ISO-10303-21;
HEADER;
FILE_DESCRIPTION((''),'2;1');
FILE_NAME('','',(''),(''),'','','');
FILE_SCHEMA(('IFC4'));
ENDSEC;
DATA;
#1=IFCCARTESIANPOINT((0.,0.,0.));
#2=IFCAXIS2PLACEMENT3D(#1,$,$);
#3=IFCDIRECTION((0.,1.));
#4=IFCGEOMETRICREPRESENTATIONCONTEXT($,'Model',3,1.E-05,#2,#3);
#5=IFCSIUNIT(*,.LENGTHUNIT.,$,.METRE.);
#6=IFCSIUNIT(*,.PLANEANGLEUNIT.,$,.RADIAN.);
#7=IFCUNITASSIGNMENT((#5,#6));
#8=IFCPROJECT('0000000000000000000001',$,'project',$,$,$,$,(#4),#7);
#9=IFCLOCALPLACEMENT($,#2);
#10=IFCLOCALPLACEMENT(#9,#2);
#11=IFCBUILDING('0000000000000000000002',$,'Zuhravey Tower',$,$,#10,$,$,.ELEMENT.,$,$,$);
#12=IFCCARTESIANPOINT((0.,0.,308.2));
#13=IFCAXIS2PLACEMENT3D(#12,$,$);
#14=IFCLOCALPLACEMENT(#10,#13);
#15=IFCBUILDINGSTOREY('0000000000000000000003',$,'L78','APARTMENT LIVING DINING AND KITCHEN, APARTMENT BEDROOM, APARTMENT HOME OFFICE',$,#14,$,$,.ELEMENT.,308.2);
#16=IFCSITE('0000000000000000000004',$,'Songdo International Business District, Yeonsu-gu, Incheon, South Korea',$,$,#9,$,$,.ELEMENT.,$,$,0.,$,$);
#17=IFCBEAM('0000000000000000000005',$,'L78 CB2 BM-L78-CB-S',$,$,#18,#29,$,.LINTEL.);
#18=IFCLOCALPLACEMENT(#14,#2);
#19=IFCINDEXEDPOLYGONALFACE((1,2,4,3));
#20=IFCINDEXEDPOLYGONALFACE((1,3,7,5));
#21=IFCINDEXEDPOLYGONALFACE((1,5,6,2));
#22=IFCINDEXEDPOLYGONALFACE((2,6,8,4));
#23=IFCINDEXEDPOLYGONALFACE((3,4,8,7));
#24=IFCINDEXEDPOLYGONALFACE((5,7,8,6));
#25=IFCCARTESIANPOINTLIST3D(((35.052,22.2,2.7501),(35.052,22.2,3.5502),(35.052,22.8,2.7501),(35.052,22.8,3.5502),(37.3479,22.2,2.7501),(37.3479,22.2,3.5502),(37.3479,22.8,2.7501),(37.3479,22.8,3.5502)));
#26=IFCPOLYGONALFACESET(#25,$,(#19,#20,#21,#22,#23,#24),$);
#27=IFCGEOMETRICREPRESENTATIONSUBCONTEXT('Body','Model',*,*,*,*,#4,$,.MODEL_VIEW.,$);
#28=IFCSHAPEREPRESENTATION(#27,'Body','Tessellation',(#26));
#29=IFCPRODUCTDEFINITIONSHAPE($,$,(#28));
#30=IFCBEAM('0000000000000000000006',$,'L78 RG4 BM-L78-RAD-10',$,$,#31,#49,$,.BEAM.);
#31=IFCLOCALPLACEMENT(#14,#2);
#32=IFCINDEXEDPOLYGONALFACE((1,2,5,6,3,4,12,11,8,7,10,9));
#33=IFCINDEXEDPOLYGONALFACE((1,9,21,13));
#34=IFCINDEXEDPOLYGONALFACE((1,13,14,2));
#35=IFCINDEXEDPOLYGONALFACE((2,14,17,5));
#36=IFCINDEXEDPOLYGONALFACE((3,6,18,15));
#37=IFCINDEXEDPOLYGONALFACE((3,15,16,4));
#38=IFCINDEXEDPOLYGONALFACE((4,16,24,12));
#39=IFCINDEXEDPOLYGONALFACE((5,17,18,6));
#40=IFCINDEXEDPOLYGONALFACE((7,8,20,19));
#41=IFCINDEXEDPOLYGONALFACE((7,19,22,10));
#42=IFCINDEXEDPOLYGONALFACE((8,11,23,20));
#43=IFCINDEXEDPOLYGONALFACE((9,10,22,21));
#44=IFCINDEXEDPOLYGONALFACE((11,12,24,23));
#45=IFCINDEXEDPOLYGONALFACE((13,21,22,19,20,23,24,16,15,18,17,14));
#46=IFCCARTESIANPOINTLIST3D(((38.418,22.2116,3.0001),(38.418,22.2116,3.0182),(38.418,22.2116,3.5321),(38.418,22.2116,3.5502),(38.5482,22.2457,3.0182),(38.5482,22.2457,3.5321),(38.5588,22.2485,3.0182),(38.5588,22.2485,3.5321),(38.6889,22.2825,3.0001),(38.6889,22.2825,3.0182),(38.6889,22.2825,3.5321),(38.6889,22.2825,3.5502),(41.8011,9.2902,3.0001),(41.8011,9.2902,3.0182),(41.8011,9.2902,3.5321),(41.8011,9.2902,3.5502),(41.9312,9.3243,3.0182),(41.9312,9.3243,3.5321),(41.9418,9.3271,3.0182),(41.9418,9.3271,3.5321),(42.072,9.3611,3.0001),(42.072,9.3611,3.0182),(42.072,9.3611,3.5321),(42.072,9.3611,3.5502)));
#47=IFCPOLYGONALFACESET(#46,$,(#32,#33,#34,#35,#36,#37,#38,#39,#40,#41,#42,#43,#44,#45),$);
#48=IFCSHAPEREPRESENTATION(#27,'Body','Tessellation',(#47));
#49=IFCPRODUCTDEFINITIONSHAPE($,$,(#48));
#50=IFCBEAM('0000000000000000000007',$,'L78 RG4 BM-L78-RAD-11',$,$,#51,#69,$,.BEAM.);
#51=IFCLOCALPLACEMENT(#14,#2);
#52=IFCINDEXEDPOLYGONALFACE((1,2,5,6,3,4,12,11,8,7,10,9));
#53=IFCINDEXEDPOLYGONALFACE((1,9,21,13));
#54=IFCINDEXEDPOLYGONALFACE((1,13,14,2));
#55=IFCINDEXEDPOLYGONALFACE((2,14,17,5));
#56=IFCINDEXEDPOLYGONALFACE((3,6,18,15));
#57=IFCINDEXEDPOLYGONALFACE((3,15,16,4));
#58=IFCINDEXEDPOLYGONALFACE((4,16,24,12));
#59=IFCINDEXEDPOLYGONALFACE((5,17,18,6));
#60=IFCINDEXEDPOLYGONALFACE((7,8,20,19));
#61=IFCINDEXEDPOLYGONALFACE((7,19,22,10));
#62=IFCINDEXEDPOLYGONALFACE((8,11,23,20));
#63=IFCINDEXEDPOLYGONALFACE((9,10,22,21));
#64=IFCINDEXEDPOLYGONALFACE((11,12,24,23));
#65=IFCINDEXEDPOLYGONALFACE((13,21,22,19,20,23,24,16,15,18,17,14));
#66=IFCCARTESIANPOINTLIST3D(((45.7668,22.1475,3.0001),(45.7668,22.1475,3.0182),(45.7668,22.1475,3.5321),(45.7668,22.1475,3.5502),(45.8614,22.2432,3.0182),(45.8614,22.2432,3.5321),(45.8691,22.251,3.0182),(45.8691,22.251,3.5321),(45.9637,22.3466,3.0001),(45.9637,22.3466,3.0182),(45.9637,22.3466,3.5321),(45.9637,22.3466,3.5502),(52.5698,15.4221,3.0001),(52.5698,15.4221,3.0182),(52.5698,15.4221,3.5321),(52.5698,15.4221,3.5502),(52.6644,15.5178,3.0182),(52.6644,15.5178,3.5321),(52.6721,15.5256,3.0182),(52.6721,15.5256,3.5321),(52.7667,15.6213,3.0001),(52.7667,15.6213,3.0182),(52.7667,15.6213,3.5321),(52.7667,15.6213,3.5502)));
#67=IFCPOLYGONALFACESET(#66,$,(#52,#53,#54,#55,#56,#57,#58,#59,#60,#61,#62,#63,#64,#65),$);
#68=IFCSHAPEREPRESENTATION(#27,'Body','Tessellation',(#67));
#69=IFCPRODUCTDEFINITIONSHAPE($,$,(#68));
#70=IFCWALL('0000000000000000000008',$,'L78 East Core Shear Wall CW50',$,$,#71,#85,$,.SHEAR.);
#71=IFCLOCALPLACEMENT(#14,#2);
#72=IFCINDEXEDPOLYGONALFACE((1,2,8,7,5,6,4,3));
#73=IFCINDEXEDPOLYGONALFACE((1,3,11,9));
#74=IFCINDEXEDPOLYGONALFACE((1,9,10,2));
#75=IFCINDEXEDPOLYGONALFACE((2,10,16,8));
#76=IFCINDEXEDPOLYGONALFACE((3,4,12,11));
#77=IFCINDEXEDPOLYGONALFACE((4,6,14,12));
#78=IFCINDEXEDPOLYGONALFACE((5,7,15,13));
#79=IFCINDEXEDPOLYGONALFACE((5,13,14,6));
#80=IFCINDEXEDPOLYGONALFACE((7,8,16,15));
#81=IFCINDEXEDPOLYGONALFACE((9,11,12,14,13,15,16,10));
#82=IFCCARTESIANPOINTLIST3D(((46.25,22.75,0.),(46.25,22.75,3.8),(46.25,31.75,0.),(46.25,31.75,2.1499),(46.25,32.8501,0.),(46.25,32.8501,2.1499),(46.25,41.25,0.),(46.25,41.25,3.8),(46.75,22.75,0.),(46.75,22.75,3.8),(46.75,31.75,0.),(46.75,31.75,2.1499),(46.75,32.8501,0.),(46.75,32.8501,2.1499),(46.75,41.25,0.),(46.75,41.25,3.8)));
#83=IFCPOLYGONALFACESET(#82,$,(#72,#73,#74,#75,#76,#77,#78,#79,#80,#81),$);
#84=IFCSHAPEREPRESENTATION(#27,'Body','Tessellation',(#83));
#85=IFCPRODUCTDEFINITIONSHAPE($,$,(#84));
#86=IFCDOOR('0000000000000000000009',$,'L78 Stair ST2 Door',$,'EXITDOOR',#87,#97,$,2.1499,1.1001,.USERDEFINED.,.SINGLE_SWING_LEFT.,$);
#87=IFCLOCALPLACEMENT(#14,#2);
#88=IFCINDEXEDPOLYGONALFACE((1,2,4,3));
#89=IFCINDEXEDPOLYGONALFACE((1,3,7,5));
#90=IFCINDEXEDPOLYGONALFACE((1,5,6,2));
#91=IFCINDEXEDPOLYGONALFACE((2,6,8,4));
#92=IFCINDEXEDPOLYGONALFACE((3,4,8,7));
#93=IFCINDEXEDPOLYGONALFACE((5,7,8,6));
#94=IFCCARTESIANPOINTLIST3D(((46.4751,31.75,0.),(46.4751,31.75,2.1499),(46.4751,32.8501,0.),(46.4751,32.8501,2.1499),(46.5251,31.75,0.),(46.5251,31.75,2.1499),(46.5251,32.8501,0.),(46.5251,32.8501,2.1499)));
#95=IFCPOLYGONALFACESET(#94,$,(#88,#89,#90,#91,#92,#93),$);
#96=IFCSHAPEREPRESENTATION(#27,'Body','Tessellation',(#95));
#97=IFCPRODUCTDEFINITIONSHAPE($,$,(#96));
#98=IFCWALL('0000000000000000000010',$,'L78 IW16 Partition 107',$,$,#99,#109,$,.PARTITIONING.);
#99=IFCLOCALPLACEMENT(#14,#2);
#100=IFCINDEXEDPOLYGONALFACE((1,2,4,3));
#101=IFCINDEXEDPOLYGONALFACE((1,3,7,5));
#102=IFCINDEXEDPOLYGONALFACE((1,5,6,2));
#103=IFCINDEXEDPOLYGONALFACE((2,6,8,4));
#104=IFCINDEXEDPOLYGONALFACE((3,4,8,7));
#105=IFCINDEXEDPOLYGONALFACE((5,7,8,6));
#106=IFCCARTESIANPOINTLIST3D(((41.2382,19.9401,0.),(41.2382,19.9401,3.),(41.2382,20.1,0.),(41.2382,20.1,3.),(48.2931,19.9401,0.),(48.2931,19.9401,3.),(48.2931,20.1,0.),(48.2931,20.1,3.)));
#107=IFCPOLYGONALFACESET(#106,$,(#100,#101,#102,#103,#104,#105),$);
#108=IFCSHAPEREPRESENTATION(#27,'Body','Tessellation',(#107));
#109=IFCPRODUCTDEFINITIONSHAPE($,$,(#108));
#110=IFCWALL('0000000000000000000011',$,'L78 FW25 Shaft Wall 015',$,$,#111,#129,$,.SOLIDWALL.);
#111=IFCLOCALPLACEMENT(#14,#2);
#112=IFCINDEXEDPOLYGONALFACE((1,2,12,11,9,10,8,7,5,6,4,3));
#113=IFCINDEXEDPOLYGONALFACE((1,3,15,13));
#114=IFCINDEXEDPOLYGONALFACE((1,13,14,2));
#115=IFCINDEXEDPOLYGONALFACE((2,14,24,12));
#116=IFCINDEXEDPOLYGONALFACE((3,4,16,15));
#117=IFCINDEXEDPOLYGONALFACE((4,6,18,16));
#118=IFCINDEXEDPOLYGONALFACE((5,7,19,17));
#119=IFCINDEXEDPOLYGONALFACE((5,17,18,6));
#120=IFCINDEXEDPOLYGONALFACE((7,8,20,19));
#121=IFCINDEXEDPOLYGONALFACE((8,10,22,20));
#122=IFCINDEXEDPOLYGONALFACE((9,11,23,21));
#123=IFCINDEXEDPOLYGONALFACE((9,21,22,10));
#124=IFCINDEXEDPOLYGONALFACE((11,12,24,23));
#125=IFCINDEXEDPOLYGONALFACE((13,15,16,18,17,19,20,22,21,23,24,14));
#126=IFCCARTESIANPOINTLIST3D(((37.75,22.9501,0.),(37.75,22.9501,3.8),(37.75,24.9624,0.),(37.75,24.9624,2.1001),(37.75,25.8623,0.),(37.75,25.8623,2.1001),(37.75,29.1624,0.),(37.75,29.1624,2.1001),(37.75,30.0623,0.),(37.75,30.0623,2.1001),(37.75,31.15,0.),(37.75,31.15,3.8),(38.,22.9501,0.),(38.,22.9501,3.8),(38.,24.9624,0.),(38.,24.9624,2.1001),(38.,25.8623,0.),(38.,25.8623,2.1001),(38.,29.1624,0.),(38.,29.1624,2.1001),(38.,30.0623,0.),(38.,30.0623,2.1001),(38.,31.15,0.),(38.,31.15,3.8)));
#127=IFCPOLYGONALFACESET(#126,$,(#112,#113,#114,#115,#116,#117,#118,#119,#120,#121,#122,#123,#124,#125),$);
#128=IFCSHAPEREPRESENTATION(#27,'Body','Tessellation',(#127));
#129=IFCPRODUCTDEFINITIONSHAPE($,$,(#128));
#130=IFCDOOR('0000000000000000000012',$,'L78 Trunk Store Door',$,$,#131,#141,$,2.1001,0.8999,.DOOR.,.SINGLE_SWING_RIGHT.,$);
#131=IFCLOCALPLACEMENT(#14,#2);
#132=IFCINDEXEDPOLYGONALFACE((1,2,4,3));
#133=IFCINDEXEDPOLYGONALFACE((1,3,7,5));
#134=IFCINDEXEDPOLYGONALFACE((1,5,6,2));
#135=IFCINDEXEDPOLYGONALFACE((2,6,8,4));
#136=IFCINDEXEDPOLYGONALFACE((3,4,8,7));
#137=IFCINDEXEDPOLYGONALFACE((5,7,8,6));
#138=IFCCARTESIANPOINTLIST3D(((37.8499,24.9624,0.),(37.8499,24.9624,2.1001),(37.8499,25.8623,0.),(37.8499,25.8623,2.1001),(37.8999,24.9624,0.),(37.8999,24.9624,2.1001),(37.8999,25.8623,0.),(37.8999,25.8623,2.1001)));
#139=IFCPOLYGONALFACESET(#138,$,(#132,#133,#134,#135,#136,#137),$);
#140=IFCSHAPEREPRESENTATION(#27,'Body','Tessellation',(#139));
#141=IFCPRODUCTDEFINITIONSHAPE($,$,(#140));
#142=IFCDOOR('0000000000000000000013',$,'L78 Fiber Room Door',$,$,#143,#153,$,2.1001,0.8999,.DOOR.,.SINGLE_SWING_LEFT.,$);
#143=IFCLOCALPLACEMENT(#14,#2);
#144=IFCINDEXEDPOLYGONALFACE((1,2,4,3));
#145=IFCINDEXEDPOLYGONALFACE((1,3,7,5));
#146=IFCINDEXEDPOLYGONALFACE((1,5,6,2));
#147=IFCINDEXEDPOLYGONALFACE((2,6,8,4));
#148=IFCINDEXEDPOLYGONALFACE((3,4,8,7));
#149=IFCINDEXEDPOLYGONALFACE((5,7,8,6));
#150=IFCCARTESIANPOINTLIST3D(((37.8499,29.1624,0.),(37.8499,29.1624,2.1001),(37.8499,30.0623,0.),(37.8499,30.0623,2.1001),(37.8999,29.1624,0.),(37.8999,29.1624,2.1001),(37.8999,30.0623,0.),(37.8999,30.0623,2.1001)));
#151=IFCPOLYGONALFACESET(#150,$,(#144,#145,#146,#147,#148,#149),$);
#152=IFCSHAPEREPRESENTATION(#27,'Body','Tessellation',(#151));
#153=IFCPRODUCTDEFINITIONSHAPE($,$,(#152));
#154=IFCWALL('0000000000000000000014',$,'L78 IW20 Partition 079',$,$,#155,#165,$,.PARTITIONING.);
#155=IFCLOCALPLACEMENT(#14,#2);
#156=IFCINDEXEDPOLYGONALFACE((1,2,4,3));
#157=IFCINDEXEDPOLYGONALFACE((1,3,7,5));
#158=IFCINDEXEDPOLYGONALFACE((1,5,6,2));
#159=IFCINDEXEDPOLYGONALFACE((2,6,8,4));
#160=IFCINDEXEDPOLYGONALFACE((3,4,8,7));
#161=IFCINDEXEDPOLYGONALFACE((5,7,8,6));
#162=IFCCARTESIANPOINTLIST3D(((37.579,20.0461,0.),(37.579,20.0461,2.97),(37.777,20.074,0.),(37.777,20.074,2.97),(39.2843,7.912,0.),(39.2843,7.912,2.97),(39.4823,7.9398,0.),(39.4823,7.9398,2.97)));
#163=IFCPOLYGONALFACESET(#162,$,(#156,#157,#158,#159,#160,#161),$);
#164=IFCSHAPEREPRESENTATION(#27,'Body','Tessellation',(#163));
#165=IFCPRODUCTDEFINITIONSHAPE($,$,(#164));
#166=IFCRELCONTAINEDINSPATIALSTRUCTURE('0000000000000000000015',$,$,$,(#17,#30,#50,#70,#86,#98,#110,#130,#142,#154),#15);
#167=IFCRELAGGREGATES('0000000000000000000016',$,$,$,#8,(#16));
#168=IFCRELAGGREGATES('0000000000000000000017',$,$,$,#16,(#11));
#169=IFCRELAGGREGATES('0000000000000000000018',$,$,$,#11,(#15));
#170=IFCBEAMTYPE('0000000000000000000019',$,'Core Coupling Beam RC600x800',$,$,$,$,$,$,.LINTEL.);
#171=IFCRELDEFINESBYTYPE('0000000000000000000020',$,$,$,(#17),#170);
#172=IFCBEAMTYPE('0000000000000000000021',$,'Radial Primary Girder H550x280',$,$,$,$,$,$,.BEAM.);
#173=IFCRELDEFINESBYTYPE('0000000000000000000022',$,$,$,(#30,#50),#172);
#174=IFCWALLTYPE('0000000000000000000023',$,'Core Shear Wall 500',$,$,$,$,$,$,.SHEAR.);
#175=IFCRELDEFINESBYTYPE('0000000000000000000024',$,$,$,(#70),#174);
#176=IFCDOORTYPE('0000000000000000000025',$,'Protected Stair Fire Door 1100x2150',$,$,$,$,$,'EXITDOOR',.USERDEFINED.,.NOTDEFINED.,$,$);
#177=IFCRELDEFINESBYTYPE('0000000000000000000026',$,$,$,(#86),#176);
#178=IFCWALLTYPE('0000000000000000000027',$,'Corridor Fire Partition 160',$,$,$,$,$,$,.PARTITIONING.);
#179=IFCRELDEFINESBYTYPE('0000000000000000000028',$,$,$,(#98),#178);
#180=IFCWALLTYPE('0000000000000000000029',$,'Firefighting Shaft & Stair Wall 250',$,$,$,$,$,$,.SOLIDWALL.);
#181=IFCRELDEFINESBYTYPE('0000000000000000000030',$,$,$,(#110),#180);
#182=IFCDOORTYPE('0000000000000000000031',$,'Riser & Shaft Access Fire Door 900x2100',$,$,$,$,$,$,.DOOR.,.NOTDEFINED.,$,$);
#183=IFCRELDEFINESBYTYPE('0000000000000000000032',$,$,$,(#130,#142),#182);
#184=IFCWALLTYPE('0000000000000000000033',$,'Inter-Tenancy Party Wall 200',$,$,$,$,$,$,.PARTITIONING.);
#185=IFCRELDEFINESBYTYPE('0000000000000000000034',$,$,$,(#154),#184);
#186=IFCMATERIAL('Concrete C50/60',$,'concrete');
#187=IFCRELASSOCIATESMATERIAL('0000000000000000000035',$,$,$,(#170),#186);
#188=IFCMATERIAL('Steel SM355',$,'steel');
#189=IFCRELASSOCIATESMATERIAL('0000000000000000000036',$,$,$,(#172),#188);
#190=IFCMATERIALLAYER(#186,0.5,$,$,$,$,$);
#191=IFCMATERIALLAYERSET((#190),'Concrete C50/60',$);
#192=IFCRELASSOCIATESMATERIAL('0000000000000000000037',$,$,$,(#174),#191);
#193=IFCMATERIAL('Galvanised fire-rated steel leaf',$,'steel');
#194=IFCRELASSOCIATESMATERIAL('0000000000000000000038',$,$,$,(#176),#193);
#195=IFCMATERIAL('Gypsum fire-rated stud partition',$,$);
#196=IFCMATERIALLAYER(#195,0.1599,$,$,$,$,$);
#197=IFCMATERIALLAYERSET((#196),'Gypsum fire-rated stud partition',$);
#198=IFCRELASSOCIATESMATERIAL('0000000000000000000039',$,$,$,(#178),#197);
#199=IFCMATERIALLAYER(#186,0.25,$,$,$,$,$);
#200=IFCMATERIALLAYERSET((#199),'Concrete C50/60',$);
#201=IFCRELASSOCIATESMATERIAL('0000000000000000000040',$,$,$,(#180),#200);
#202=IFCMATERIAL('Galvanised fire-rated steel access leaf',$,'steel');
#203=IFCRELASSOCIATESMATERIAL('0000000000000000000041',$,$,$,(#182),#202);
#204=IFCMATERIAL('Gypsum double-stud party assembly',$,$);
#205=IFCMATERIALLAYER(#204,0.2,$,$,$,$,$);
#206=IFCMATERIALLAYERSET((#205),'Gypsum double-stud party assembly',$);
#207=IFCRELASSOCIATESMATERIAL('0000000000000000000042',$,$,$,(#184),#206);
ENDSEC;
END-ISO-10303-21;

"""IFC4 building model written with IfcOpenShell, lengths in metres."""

from ifc_helpers import new_model, si_unit, direction, frame, frame_2d, origin, origin_2d, place, context, subcontext, project, spatial, rectangle, i_section, extrude, material, layer, layer_set, material_profile, profile_set, type_object, element, fill, save


model = new_model("IFC4")

# Units and contexts
model_context = context("Model", 3, precision=1e-05, world=origin(), true_north=direction((0.0, 1.0)))
body_context = subcontext(model_context, "Body", "Model", "MODEL_VIEW")
ifc_project = project(units=[si_unit("LENGTHUNIT", "METRE"), si_unit("PLANEANGLEUNIT", "RADIAN")], contexts=[model_context])

# Site, building, storey
site_placement = place(None, origin())
site = spatial("IfcSite", under=ifc_project, at=site_placement, Name="Songdo International Business District, Yeonsu-gu, Incheon, South Korea", CompositionType="ELEMENT", RefElevation=0.0)
building_placement = place(site_placement, origin())
building = spatial("IfcBuilding", under=site, at=building_placement, Name="Zuhravey Tower", CompositionType="ELEMENT")
storey_placement = place(building_placement, frame((0.0, 0.0, 308.2)))
storey = spatial("IfcBuildingStorey", under=building, at=storey_placement, Name="L78", Description="APARTMENT LIVING DINING AND KITCHEN, APARTMENT BEDROOM, APARTMENT HOME OFFICE", CompositionType="ELEMENT", Elevation=308.2)

# Beams
ifc_material_1 = material(Name="Concrete C50/60", Category="concrete")
ifc_material_profile_1 = material_profile(ifc_material_1, rectangle(XDim=0.6001, YDim=0.8, at=origin_2d()), Name="RC-600x800")
ifc_profile_set_1 = profile_set([ifc_material_profile_1], Name="Concrete C50/60")
beam_type_1 = type_object("IfcBeamType", Name="Core Coupling Beam RC600x800", PredefinedType="LINTEL", material=ifc_profile_set_1)
beam_1_placement = place(storey_placement, frame((35.052, 22.5, 3.1501), z_axis=(1.0, 0.0, 0.0), x_axis=(0.0, 1.0, 0.0)))
element("IfcBeam", 1, at=beam_1_placement, inside=storey, type_object=beam_type_1, Name="L78 CB2 BM-L78-CB-S", PredefinedType="LINTEL", context=body_context, shape_type="SweptSolid", body=[
    extrude(rectangle(XDim=0.6001, YDim=0.8, at=origin_2d()), origin(), (0.0, 0.0, 1.0), 2.2959),
])
ifc_material_2 = material(Name="Steel SM355", Category="steel")
ifc_material_profile_2 = material_profile(ifc_material_2, i_section(OverallWidth=0.28, OverallDepth=0.55, WebThickness=0.011, FlangeThickness=0.0181, at=origin_2d()), Name="H-550x280x11x18")
ifc_profile_set_2 = profile_set([ifc_material_profile_2], Name="Steel SM355")
beam_type_2 = type_object("IfcBeamType", Name="Radial Primary Girder H550x280", PredefinedType="BEAM", material=ifc_profile_set_2)
beam_2_placement = place(storey_placement, frame((38.5535, 22.2471, 3.2751), z_axis=(0.253281, -0.967393, 0.0), x_axis=(0.967393, 0.253281, 0.0)))
element("IfcBeam", 2, at=beam_2_placement, inside=storey, type_object=beam_type_2, Name="L78 RG4 BM-L78-RAD-10", PredefinedType="BEAM", context=body_context, shape_type="SweptSolid", body=[
    extrude(i_section(OverallWidth=0.28, OverallDepth=0.55, WebThickness=0.011, FlangeThickness=0.0181, at=origin_2d()), origin(), (0.0, 0.0, 1.0), 13.3569),
])
beam_3_placement = place(storey_placement, frame((45.8652, 22.2471, 3.2751), z_axis=(0.711153, -0.703037, 0.0), x_axis=(0.703037, 0.711153, 0.0)))
element("IfcBeam", 3, at=beam_3_placement, inside=storey, type_object=beam_type_2, Name="L78 RG4 BM-L78-RAD-11", PredefinedType="BEAM", context=body_context, shape_type="SweptSolid", body=[
    extrude(i_section(OverallWidth=0.28, OverallDepth=0.55, WebThickness=0.011, FlangeThickness=0.0181, at=origin_2d()), origin(), (0.0, 0.0, 1.0), 9.5662),
])

# Wall, opening, door
ifc_layer_1 = layer(ifc_material_1, 0.5)
ifc_layer_set_1 = layer_set([ifc_layer_1], Name="Concrete C50/60")
wall_type_1 = type_object("IfcWallType", Name="Core Shear Wall 500", PredefinedType="SHEAR", material=ifc_layer_set_1)
ifc_material_3 = material(Name="Galvanised fire-rated steel leaf", Category="steel")
wall_1_placement = place(storey_placement, frame((46.5, 22.75, 0.0), z_axis=(0.0, 0.0, 1.0), x_axis=(0.0, 1.0, 0.0)))
wall_1 = element("IfcWall", 4, at=wall_1_placement, inside=storey, type_object=wall_type_1, Name="L78 East Core Shear Wall CW50", PredefinedType="SHEAR", context=body_context, shape_type="SweptSolid", body=[
    extrude(rectangle(XDim=18.5, YDim=0.5, at=frame_2d((9.25, 0.0))), origin(), (0.0, 0.0, 1.0), 3.8),
])
opening_1_placement = place(wall_1_placement, frame((9.0, 0.0, 0.0)))
opening_1 = element("IfcOpeningElement", 5, at=opening_1_placement, cuts=wall_1, PredefinedType="OPENING", context=body_context, shape_type="SweptSolid", body=[
    extrude(rectangle(XDim=1.1001, YDim=2.1499, at=frame_2d((0.55, 1.075))), frame((0.0, 0.262, 0.0), z_axis=(0.0, -1.0, 0.0), x_axis=(1.0, 0.0, 0.0)), (0.0, 0.0, 1.0), 0.5239),
])
door_type_1 = type_object("IfcDoorType", Name="Protected Stair Fire Door 1100x2150", ElementType="EXITDOOR", OperationType="NOTDEFINED", PredefinedType="USERDEFINED", material=ifc_material_3)
door_1_placement = place(opening_1_placement, origin())
door_1 = element("IfcDoor", 6, at=door_1_placement, inside=storey, type_object=door_type_1, Name="L78 Stair ST2 Door", ObjectType="EXITDOOR", OperationType="SINGLE_SWING_LEFT", OverallHeight=2.1499, OverallWidth=1.1001, PredefinedType="USERDEFINED", context=body_context, shape_type="SweptSolid", body=[
    extrude(rectangle(XDim=1.1001, YDim=2.1499, at=frame_2d((0.55, 1.075))), frame((0.0, 0.0249, 0.0), z_axis=(0.0, -1.0, 0.0), x_axis=(1.0, 0.0, 0.0)), (0.0, 0.0, 1.0), 0.05),
])
fill(opening_1, door_1)
ifc_material_4 = material(Name="Gypsum fire-rated stud partition")
ifc_layer_2 = layer(ifc_material_4, 0.1599)
ifc_layer_set_2 = layer_set([ifc_layer_2], Name="Gypsum fire-rated stud partition")
wall_type_2 = type_object("IfcWallType", Name="Corridor Fire Partition 160", PredefinedType="PARTITIONING", material=ifc_layer_set_2)

# Wall
wall_2_placement = place(storey_placement, frame((41.2383, 20.02, 0.0), z_axis=(0.0, 0.0, 1.0), x_axis=(1.0, 0.0, 0.0)))
element("IfcWall", 7, at=wall_2_placement, inside=storey, type_object=wall_type_2, Name="L78 IW16 Partition 107", PredefinedType="PARTITIONING", context=body_context, shape_type="SweptSolid", body=[
    extrude(rectangle(XDim=7.0549, YDim=0.1599, at=frame_2d((3.5273, 0.0))), origin(), (0.0, 0.0, 1.0), 3.0),
])

# Shared definitions
ifc_layer_3 = layer(ifc_material_1, 0.25)
ifc_layer_set_3 = layer_set([ifc_layer_3], Name="Concrete C50/60")
wall_type_3 = type_object("IfcWallType", Name="Firefighting Shaft & Stair Wall 250", PredefinedType="SOLIDWALL", material=ifc_layer_set_3)

# Wall, openings, doors
wall_3_placement = place(storey_placement, frame((37.875, 22.95, 0.0), z_axis=(0.0, 0.0, 1.0), x_axis=(0.0, 1.0, 0.0)))
wall_3 = element("IfcWall", 8, at=wall_3_placement, inside=storey, type_object=wall_type_3, Name="L78 FW25 Shaft Wall 015", PredefinedType="SOLIDWALL", context=body_context, shape_type="SweptSolid", body=[
    extrude(rectangle(XDim=8.2, YDim=0.25, at=frame_2d((4.1001, 0.0))), origin(), (0.0, 0.0, 1.0), 3.8),
])
opening_2_placement = place(wall_3_placement, frame((2.0125, 0.0, 0.0)))
opening_2 = element("IfcOpeningElement", 9, at=opening_2_placement, cuts=wall_3, PredefinedType="OPENING", context=body_context, shape_type="SweptSolid", body=[
    extrude(rectangle(XDim=0.8999, YDim=2.1001, at=frame_2d((0.45, 1.05))), frame((0.0, 0.137, 0.0), z_axis=(0.0, -1.0, 0.0), x_axis=(1.0, 0.0, 0.0)), (0.0, 0.0, 1.0), 0.2739),
])
opening_3_placement = place(wall_3_placement, frame((6.2124, 0.0, 0.0)))
opening_3 = element("IfcOpeningElement", 10, at=opening_3_placement, cuts=wall_3, PredefinedType="OPENING", context=body_context, shape_type="SweptSolid", body=[
    extrude(rectangle(XDim=0.8999, YDim=2.1001, at=frame_2d((0.45, 1.05))), frame((0.0, 0.137, 0.0), z_axis=(0.0, -1.0, 0.0), x_axis=(1.0, 0.0, 0.0)), (0.0, 0.0, 1.0), 0.2739),
])
ifc_material_5 = material(Name="Galvanised fire-rated steel access leaf", Category="steel")
door_type_2 = type_object("IfcDoorType", Name="Riser & Shaft Access Fire Door 900x2100", OperationType="NOTDEFINED", PredefinedType="DOOR", material=ifc_material_5)
door_2_placement = place(opening_2_placement, frame((0.8999, 0.0, 0.0), z_axis=(0.0, 0.0, 1.0), x_axis=(-1.0, 0.0, 0.0)))
door_2 = element("IfcDoor", 11, at=door_2_placement, inside=storey, type_object=door_type_2, Name="L78 Trunk Store Door", OperationType="SINGLE_SWING_RIGHT", OverallHeight=2.1001, OverallWidth=0.8999, PredefinedType="DOOR", context=body_context, shape_type="SweptSolid", body=[
    extrude(rectangle(XDim=0.8999, YDim=2.1001, at=frame_2d((0.45, 1.05))), frame((0.0, 0.0249, 0.0), z_axis=(0.0, -1.0, 0.0), x_axis=(1.0, 0.0, 0.0)), (0.0, 0.0, 1.0), 0.05),
])
fill(opening_2, door_2)
door_3_placement = place(opening_3_placement, frame((0.8999, 0.0, 0.0), z_axis=(0.0, 0.0, 1.0), x_axis=(-1.0, 0.0, 0.0)))
door_3 = element("IfcDoor", 12, at=door_3_placement, inside=storey, type_object=door_type_2, Name="L78 Fiber Room Door", OperationType="SINGLE_SWING_LEFT", OverallHeight=2.1001, OverallWidth=0.8999, PredefinedType="DOOR", context=body_context, shape_type="SweptSolid", body=[
    extrude(rectangle(XDim=0.8999, YDim=2.1001, at=frame_2d((0.45, 1.05))), frame((0.0, 0.0249, 0.0), z_axis=(0.0, -1.0, 0.0), x_axis=(1.0, 0.0, 0.0)), (0.0, 0.0, 1.0), 0.05),
])
fill(opening_3, door_3)

# Wall
ifc_material_6 = material(Name="Gypsum double-stud party assembly")
ifc_layer_4 = layer(ifc_material_6, 0.2)
ifc_layer_set_4 = layer_set([ifc_layer_4], Name="Gypsum double-stud party assembly")
wall_type_4 = type_object("IfcWallType", Name="Inter-Tenancy Party Wall 200", PredefinedType="PARTITIONING", material=ifc_layer_set_4)
wall_4_placement = place(storey_placement, frame((37.678, 20.0601, 0.0), z_axis=(0.0, 0.0, 1.0), x_axis=(0.13917, -0.990269, 0.0)))
element("IfcWall", 13, at=wall_4_placement, inside=storey, type_object=wall_type_4, Name="L78 IW20 Partition 079", PredefinedType="PARTITIONING", context=body_context, shape_type="SweptSolid", body=[
    extrude(rectangle(XDim=12.2534, YDim=0.2, at=frame_2d((6.1267, 0.0))), origin(), (0.0, 0.0, 1.0), 2.97),
])

save(model, "model.ifc")
